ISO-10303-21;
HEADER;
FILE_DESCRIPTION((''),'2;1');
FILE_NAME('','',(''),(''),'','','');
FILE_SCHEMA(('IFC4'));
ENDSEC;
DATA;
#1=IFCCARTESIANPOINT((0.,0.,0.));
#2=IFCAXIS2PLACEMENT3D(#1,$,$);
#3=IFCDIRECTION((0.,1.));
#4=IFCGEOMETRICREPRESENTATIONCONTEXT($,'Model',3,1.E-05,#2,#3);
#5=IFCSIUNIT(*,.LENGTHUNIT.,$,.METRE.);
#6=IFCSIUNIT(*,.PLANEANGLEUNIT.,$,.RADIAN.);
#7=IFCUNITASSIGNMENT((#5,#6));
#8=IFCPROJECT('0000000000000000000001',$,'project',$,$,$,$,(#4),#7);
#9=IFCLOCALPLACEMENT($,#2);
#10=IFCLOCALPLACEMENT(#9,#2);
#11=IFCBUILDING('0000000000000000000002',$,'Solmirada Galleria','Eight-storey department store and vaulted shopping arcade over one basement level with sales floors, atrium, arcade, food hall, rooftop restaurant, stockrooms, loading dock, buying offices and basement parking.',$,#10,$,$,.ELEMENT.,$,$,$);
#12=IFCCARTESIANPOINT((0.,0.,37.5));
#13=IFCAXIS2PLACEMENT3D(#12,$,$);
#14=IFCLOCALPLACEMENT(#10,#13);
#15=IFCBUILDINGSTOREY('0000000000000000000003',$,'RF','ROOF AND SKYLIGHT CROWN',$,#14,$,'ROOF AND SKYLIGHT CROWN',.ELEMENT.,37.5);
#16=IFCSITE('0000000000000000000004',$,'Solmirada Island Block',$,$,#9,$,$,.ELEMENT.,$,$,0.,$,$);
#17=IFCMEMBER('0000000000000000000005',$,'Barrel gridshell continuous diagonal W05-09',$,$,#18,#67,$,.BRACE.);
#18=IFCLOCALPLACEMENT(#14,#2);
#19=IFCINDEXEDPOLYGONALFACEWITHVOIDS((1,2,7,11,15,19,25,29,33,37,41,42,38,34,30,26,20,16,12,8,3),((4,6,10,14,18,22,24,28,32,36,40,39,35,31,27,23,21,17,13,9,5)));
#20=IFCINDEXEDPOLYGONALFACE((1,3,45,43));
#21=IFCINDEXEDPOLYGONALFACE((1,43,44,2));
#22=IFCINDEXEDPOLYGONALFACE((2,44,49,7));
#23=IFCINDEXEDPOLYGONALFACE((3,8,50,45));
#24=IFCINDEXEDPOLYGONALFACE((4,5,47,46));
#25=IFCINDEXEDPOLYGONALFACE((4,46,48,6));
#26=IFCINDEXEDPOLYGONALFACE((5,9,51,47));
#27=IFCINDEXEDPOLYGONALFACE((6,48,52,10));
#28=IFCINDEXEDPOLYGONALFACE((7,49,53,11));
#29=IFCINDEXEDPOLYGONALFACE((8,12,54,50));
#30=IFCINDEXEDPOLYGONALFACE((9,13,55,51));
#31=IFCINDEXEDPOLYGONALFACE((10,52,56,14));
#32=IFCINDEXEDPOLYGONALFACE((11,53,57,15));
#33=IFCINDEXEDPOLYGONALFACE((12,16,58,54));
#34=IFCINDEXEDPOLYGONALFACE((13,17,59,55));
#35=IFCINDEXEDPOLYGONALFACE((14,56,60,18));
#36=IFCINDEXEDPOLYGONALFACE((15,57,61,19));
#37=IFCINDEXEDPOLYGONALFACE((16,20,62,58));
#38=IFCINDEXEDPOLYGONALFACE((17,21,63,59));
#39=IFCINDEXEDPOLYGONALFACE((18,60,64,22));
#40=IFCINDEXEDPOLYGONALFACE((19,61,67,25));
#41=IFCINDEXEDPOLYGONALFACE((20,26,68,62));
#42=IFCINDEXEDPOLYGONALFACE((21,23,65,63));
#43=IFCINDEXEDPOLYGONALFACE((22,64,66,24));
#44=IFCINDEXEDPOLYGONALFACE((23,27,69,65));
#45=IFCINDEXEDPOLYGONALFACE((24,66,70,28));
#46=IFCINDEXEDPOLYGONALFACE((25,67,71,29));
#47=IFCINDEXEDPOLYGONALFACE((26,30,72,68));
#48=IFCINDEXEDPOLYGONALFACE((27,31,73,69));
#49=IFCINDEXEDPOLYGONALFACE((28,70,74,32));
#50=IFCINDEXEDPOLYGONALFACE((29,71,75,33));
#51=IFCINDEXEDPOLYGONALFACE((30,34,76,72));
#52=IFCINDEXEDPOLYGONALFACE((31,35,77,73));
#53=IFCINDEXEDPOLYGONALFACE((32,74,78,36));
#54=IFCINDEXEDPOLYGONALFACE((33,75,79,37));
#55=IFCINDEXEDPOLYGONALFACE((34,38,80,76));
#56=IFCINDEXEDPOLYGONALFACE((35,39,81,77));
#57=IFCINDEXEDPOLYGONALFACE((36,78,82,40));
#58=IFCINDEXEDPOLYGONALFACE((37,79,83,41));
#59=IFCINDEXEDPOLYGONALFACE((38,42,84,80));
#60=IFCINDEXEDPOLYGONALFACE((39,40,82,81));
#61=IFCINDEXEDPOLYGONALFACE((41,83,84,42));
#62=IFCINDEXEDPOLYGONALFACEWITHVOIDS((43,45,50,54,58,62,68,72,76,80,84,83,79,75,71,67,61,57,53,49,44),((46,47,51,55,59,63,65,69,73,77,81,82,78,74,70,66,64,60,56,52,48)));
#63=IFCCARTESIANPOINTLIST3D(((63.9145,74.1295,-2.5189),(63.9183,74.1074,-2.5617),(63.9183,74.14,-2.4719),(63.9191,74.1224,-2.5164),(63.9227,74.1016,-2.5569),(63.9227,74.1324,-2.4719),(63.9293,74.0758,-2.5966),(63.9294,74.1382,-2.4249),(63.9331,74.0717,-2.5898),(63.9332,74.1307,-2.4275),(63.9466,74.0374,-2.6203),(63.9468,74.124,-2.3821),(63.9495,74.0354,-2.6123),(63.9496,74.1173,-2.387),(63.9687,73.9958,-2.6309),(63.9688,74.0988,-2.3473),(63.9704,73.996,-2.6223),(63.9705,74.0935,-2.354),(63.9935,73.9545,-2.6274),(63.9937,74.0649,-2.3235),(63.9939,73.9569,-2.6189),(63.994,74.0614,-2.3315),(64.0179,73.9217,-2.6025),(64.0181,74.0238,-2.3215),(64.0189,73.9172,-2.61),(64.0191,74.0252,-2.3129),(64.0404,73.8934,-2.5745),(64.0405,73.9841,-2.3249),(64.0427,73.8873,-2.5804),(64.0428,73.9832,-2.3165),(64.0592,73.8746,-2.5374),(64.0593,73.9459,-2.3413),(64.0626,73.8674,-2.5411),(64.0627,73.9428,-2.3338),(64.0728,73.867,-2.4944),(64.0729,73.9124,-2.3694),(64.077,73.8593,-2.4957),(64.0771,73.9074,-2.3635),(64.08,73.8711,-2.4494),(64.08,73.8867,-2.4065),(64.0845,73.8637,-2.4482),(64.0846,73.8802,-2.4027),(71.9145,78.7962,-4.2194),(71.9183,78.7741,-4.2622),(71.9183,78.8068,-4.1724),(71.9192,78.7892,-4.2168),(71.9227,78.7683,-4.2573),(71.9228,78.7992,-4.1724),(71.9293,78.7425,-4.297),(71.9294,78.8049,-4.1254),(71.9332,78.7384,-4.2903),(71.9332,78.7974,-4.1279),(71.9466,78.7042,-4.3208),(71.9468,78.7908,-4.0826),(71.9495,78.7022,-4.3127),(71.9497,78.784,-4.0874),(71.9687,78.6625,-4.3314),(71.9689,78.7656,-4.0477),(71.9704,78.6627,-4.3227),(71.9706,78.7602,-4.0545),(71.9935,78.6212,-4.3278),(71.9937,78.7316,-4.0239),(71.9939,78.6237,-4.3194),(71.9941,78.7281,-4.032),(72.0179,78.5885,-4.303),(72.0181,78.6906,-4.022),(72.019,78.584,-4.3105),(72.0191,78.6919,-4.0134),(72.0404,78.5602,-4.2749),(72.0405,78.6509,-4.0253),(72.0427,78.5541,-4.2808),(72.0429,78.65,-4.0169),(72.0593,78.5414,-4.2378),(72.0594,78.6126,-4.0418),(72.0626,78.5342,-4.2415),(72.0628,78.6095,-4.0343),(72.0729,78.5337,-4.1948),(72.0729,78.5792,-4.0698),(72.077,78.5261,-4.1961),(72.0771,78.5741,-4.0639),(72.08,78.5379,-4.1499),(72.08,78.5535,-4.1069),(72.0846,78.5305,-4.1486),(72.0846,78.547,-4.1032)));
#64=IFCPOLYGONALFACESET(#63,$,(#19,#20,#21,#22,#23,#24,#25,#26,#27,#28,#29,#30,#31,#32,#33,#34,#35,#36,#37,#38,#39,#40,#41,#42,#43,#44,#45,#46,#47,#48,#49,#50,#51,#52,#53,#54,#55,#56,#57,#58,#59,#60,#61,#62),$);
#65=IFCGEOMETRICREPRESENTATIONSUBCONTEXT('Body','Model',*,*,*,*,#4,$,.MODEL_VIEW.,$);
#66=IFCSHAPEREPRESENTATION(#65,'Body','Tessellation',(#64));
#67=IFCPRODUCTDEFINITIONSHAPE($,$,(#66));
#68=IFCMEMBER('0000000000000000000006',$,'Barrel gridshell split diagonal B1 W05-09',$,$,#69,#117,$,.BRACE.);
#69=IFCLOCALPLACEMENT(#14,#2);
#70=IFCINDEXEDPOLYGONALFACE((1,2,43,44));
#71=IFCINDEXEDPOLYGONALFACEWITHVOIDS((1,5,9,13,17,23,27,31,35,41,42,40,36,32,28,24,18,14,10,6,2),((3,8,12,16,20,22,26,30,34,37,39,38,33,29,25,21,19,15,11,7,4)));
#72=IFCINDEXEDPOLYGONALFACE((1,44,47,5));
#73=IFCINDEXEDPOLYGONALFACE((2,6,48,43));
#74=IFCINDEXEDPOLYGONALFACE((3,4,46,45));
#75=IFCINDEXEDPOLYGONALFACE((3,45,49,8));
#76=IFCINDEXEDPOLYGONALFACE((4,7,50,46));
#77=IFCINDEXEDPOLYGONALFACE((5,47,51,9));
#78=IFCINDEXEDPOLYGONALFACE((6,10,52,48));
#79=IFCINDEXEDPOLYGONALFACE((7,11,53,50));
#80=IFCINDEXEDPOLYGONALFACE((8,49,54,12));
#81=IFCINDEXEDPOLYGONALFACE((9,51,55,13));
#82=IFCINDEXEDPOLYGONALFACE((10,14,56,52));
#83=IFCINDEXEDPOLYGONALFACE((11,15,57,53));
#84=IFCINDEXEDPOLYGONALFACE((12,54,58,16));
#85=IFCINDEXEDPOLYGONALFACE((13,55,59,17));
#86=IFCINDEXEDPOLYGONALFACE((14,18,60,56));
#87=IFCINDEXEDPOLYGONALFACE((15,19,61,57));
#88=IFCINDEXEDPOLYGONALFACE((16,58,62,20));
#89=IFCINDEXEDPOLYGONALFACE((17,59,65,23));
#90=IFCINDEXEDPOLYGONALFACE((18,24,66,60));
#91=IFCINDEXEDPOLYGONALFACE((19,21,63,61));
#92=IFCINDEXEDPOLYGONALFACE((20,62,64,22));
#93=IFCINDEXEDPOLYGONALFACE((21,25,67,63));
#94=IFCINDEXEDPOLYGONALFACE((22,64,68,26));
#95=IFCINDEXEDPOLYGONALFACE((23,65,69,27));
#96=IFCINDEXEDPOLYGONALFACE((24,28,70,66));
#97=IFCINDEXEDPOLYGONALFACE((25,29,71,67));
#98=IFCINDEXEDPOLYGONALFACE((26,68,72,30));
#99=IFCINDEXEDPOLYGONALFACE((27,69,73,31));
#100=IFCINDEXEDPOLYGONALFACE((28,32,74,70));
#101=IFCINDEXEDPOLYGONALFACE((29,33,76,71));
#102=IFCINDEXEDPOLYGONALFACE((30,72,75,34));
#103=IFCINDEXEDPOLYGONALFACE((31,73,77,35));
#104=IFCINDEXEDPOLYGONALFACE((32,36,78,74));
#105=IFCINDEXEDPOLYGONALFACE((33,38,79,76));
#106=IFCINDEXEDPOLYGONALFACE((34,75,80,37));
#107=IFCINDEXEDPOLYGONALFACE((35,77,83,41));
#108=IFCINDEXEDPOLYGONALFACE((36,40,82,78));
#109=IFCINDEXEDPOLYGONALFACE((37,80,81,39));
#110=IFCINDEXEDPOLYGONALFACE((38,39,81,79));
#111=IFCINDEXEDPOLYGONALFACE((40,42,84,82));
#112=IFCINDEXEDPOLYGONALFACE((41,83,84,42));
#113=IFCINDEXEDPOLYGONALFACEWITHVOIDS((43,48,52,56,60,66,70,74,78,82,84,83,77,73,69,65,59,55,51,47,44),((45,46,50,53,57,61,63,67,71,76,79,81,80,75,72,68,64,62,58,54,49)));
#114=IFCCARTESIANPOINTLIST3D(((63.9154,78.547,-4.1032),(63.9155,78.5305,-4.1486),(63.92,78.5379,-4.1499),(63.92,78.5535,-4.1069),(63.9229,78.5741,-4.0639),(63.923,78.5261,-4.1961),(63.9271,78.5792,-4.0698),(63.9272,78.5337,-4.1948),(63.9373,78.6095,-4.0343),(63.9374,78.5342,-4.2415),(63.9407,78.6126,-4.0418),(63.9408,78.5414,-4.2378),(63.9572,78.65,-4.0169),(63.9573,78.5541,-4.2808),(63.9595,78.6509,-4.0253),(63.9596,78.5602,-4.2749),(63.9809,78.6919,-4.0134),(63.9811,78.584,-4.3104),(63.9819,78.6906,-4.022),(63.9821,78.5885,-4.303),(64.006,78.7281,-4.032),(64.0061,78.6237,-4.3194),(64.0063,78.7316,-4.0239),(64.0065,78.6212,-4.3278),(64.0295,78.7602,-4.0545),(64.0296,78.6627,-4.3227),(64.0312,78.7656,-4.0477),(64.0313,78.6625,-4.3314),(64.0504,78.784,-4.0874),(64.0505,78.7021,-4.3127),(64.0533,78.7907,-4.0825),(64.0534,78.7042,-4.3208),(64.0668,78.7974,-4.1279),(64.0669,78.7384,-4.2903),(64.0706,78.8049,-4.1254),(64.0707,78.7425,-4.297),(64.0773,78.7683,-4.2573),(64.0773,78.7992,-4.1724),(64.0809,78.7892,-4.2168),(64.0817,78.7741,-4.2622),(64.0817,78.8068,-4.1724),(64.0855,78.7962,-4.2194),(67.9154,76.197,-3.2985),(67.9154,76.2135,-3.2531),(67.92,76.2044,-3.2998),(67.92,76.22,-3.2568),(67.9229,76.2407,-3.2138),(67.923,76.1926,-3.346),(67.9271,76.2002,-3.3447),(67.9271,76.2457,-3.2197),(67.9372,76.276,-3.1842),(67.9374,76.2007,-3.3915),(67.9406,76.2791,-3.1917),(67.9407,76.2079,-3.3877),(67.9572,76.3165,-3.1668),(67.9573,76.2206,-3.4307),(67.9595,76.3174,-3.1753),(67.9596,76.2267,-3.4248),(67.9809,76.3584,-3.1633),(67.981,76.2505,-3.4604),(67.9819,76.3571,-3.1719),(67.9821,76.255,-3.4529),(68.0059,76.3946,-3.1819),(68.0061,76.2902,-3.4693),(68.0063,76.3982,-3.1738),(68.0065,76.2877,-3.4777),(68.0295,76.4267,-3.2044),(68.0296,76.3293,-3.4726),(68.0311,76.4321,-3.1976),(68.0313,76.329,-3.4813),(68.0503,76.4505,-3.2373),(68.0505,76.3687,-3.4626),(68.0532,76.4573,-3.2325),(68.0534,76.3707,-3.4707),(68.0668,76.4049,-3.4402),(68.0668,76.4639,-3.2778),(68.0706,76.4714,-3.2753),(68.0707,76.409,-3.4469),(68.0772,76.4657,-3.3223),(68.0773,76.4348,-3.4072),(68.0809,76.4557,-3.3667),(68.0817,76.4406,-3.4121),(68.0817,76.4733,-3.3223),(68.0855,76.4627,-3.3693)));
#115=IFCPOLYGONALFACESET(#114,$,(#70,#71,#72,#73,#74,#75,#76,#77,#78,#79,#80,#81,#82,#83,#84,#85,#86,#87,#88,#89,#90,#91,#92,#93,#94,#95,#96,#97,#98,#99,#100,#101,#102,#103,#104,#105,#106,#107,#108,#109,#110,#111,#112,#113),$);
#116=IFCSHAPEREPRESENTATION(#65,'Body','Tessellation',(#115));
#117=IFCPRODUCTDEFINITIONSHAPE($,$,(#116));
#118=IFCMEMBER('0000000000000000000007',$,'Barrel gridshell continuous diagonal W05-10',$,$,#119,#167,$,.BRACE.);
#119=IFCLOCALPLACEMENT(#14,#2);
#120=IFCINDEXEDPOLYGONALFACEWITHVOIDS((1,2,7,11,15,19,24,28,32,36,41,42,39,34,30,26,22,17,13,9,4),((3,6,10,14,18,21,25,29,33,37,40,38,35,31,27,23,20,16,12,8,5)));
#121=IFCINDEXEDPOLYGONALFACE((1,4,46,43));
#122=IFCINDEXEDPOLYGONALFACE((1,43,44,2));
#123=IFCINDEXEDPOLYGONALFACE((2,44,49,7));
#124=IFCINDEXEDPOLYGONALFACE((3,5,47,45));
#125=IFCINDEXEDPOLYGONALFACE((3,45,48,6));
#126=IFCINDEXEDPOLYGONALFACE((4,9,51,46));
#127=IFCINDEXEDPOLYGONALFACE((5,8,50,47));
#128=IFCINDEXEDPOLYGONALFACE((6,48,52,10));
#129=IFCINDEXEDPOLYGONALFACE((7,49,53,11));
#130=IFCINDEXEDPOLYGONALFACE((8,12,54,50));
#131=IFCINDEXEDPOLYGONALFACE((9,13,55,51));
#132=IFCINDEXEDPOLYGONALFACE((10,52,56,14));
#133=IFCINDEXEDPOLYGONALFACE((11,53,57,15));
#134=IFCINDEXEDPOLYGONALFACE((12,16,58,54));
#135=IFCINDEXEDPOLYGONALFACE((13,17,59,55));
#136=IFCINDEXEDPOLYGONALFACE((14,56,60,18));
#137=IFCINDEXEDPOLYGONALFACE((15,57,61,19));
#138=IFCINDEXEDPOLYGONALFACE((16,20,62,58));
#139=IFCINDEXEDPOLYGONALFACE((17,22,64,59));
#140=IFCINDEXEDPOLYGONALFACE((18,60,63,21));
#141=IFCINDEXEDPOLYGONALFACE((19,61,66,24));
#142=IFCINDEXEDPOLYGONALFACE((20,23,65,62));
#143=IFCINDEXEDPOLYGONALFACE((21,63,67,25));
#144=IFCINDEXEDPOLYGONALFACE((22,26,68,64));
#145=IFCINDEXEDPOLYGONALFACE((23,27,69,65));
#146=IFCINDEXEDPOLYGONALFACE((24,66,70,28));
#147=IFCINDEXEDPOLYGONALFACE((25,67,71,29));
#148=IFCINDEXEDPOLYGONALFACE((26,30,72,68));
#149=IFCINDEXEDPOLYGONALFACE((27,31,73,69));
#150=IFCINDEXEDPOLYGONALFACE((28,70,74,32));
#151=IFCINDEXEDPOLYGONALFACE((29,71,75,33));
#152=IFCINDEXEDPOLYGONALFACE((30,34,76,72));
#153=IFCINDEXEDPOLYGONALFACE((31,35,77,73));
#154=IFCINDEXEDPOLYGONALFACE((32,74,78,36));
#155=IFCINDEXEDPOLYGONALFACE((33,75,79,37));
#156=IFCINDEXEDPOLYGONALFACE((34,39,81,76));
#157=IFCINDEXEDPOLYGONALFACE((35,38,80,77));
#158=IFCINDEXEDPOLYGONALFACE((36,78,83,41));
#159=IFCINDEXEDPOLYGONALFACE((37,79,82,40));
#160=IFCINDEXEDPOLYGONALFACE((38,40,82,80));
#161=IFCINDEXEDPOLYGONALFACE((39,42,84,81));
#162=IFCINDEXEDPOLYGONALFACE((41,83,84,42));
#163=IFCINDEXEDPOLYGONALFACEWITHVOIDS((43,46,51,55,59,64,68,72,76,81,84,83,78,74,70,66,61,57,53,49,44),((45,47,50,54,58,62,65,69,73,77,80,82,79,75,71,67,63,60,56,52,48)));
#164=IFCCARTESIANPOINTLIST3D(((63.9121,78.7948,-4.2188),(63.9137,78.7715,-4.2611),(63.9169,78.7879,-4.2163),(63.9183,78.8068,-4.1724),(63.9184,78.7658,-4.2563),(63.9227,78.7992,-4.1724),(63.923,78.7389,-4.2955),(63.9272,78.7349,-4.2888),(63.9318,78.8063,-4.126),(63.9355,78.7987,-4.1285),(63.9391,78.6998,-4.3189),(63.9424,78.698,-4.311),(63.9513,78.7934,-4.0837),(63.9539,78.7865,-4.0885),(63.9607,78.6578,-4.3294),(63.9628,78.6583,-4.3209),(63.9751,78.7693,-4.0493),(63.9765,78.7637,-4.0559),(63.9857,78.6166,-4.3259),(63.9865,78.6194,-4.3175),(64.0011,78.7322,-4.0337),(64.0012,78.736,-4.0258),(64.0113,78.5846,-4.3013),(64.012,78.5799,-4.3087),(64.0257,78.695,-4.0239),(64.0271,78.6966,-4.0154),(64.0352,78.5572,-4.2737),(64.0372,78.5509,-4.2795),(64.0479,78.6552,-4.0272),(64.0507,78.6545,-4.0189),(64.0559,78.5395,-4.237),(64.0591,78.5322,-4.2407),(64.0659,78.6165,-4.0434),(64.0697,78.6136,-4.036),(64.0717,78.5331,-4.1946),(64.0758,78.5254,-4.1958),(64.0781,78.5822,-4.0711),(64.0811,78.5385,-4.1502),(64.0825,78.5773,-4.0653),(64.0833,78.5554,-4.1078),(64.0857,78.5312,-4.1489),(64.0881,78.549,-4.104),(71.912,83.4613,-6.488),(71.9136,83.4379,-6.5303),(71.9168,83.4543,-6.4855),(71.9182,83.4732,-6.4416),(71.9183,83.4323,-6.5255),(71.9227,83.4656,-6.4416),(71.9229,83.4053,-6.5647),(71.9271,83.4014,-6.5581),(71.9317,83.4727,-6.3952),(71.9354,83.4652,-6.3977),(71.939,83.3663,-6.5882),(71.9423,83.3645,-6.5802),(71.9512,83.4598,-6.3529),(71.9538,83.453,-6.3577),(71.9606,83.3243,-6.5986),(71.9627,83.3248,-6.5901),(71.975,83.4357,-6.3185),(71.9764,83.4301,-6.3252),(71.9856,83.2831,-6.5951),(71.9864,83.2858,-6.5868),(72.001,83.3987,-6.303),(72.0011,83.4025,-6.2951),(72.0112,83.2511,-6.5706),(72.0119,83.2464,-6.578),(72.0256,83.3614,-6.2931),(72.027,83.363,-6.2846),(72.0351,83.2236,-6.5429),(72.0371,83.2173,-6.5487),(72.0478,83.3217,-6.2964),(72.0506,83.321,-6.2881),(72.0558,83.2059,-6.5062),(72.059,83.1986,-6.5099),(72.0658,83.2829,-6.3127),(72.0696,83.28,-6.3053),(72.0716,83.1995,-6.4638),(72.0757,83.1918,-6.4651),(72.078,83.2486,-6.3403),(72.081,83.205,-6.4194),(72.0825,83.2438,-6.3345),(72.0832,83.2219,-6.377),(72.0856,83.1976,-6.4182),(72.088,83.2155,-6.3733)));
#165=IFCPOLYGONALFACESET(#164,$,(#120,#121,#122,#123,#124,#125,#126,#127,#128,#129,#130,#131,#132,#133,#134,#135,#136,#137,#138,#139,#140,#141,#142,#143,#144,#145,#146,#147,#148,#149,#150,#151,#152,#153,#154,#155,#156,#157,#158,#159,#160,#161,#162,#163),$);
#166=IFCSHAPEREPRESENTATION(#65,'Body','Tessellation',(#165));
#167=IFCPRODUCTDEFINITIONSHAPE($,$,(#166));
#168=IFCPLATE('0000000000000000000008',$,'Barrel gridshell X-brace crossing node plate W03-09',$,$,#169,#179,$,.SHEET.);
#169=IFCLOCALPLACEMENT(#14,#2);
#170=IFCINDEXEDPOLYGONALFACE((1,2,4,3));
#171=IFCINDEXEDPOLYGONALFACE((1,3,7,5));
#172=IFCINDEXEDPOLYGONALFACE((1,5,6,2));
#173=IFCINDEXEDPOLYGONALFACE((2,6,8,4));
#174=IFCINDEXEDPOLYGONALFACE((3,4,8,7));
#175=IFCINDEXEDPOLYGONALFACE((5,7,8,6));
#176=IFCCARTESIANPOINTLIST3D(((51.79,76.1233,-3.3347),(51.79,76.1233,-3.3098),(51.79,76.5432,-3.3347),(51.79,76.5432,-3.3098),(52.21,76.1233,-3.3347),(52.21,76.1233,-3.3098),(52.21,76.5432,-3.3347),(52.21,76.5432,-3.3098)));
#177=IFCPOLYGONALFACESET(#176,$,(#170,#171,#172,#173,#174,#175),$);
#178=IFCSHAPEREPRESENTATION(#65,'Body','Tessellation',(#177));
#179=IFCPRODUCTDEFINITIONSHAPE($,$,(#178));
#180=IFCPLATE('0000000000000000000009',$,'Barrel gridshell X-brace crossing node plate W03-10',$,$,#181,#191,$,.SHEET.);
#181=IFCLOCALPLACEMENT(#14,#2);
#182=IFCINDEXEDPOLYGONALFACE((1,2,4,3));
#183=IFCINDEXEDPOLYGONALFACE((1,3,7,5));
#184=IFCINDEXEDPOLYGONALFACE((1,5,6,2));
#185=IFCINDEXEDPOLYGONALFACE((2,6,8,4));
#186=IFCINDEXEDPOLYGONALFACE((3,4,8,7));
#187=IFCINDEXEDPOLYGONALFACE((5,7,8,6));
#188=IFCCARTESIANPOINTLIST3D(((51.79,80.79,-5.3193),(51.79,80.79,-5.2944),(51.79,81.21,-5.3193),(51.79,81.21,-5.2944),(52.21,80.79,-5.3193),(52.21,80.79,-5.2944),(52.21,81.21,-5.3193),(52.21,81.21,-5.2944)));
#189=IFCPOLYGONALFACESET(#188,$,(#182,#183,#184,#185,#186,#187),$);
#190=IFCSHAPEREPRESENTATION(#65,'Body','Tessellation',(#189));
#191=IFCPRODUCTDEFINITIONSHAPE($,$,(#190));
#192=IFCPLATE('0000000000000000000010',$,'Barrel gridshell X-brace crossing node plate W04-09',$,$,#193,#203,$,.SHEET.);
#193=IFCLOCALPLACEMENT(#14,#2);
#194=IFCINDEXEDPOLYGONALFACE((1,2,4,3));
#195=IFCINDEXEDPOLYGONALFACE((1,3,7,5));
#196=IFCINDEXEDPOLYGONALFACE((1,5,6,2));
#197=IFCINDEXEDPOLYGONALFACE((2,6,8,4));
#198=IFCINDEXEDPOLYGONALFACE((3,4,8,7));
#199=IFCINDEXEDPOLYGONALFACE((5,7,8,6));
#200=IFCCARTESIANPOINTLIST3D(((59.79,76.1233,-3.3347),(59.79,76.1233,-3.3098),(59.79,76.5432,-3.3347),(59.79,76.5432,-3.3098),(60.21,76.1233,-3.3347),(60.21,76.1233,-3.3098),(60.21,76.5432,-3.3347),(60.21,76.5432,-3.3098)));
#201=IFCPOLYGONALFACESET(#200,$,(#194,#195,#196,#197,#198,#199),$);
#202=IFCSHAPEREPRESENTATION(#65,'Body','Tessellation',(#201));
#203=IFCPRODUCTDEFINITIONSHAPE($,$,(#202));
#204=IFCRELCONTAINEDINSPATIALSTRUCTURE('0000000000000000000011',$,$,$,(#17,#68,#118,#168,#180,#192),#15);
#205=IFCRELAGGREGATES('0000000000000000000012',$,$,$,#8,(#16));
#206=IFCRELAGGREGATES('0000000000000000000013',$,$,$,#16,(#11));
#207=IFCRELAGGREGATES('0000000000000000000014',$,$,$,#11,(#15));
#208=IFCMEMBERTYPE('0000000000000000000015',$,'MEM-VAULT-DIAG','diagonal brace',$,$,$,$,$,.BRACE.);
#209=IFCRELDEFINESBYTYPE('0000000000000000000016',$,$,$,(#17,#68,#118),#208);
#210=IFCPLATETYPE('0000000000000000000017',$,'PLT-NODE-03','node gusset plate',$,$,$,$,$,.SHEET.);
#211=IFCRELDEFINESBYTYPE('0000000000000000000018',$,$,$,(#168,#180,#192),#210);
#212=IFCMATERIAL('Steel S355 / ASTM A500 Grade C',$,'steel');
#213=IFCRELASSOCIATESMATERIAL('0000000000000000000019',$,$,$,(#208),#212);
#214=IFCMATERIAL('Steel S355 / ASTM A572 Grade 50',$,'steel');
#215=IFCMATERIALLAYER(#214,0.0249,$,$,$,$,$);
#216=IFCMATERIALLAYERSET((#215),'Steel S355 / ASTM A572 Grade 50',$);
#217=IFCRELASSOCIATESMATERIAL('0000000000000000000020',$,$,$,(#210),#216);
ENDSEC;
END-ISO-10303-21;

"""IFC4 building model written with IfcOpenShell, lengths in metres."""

from ifc_helpers import new_model, si_unit, direction, frame, origin, origin_2d, place, context, subcontext, project, spatial, rectangle, hollow_circle, extrude, material, layer, layer_set, material_profile, profile_set, type_object, element, save


model = new_model("IFC4")

# Units and contexts
model_context = context("Model", 3, precision=1e-05, world=origin(), true_north=direction((0.0, 1.0)))
body_context = subcontext(model_context, "Body", "Model", "MODEL_VIEW")
ifc_project = project(units=[si_unit("LENGTHUNIT", "METRE"), si_unit("PLANEANGLEUNIT", "RADIAN")], contexts=[model_context])

# Site, building, storey
site_placement = place(None, origin())
site = spatial("IfcSite", under=ifc_project, at=site_placement, Name="Solmirada Island Block", CompositionType="ELEMENT", RefElevation=0.0)
building_placement = place(site_placement, origin())
building = spatial("IfcBuilding", under=site, at=building_placement, Name="Solmirada Galleria", Description="Eight-storey department store and vaulted shopping arcade over one basement level with sales floors, atrium, arcade, food hall, rooftop restaurant, stockrooms, loading dock, buying offices and basement parking.", CompositionType="ELEMENT")
storey_placement = place(building_placement, frame((0.0, 0.0, 37.5)))
storey = spatial("IfcBuildingStorey", under=building, at=storey_placement, Name="RF", Description="ROOF AND SKYLIGHT CROWN", LongName="ROOF AND SKYLIGHT CROWN", CompositionType="ELEMENT", Elevation=37.5)

# Members
ifc_material_1 = material(Name="Steel S355 / ASTM A500 Grade C", Category="steel")
ifc_material_profile_1 = material_profile(ifc_material_1, hollow_circle(Radius=0.1621, WallThickness=0.0088, at=origin_2d()), Name="HSS12.750X0.375")
ifc_profile_set_1 = profile_set([ifc_material_profile_1], Name="Steel S355 / ASTM A500 Grade C")
member_type_1 = type_object("IfcMemberType", Name="MEM-VAULT-DIAG", Description="diagonal brace", PredefinedType="BRACE", material=ifc_profile_set_1)
member_1_placement = place(storey_placement, frame((64.0, 74.0, -2.4719), z_axis=(0.849575, 0.495594, -0.180581), x_axis=(-0.503878, 0.863775, 0.0)))
element("IfcMember", 1, at=member_1_placement, inside=storey, type_object=member_type_1, Name="Barrel gridshell continuous diagonal W05-09", PredefinedType="BRACE", context=body_context, shape_type="SweptSolid", body=[
    extrude(hollow_circle(Radius=0.1621, WallThickness=0.0088, at=origin_2d()), origin(), (0.0, 0.0, 1.0), 9.4165),
])
member_2_placement = place(storey_placement, frame((64.0, 78.6667, -4.1724), z_axis=(0.849568, -0.495616, 0.180554), x_axis=(0.503897, 0.863764, 0.0)))
element("IfcMember", 2, at=member_2_placement, inside=storey, type_object=member_type_1, Name="Barrel gridshell split diagonal B1 W05-09", PredefinedType="BRACE", context=body_context, shape_type="SweptSolid", body=[
    extrude(hollow_circle(Radius=0.1621, WallThickness=0.0088, at=origin_2d()), origin(), (0.0, 0.0, 1.0), 4.7083),
])
member_3_placement = place(storey_placement, frame((64.0, 78.6667, -4.1724), z_axis=(0.838969, 0.489382, -0.237983), x_axis=(-0.503858, 0.863787, 0.0)))
element("IfcMember", 3, at=member_3_placement, inside=storey, type_object=member_type_1, Name="Barrel gridshell continuous diagonal W05-10", PredefinedType="BRACE", context=body_context, shape_type="SweptSolid", body=[
    extrude(hollow_circle(Radius=0.1621, WallThickness=0.0088, at=origin_2d()), origin(), (0.0, 0.0, 1.0), 9.5354),
])

# Plates
ifc_material_2 = material(Name="Steel S355 / ASTM A572 Grade 50", Category="steel")
ifc_layer_1 = layer(ifc_material_2, 0.0249)
ifc_layer_set_1 = layer_set([ifc_layer_1], Name="Steel S355 / ASTM A572 Grade 50")
plate_type_1 = type_object("IfcPlateType", Name="PLT-NODE-03", Description="node gusset plate", PredefinedType="SHEET", material=ifc_layer_set_1)
for number, where, z_axis, x_axis, name in (
    (4, (52.0, 76.3333, -3.3347), (0.0, 0.0, 1.0), (1.0, 0.0, 0.0), "Barrel gridshell X-brace crossing node plate W03-09"),
    (5, (52.0, 81.0, -5.3193), (0.0, 0.0, 1.0), (1.0, 0.0, 0.0), "Barrel gridshell X-brace crossing node plate W03-10"),
    (6, (60.0, 76.3333, -3.3347), (0.0, 0.0, 1.0), (1.0, 0.0, 0.0), "Barrel gridshell X-brace crossing node plate W04-09"),
):
    element("IfcPlate", number, at=place(storey_placement, frame(where, z_axis=z_axis, x_axis=x_axis)), inside=storey, type_object=plate_type_1, Name=name, PredefinedType="SHEET", context=body_context, shape_type="SweptSolid", body=[
        extrude(rectangle(XDim=0.4199, YDim=0.4199, at=origin_2d()), origin(), (0.0, 0.0, 1.0), 0.0249),
    ])

save(model, "model.ifc")
